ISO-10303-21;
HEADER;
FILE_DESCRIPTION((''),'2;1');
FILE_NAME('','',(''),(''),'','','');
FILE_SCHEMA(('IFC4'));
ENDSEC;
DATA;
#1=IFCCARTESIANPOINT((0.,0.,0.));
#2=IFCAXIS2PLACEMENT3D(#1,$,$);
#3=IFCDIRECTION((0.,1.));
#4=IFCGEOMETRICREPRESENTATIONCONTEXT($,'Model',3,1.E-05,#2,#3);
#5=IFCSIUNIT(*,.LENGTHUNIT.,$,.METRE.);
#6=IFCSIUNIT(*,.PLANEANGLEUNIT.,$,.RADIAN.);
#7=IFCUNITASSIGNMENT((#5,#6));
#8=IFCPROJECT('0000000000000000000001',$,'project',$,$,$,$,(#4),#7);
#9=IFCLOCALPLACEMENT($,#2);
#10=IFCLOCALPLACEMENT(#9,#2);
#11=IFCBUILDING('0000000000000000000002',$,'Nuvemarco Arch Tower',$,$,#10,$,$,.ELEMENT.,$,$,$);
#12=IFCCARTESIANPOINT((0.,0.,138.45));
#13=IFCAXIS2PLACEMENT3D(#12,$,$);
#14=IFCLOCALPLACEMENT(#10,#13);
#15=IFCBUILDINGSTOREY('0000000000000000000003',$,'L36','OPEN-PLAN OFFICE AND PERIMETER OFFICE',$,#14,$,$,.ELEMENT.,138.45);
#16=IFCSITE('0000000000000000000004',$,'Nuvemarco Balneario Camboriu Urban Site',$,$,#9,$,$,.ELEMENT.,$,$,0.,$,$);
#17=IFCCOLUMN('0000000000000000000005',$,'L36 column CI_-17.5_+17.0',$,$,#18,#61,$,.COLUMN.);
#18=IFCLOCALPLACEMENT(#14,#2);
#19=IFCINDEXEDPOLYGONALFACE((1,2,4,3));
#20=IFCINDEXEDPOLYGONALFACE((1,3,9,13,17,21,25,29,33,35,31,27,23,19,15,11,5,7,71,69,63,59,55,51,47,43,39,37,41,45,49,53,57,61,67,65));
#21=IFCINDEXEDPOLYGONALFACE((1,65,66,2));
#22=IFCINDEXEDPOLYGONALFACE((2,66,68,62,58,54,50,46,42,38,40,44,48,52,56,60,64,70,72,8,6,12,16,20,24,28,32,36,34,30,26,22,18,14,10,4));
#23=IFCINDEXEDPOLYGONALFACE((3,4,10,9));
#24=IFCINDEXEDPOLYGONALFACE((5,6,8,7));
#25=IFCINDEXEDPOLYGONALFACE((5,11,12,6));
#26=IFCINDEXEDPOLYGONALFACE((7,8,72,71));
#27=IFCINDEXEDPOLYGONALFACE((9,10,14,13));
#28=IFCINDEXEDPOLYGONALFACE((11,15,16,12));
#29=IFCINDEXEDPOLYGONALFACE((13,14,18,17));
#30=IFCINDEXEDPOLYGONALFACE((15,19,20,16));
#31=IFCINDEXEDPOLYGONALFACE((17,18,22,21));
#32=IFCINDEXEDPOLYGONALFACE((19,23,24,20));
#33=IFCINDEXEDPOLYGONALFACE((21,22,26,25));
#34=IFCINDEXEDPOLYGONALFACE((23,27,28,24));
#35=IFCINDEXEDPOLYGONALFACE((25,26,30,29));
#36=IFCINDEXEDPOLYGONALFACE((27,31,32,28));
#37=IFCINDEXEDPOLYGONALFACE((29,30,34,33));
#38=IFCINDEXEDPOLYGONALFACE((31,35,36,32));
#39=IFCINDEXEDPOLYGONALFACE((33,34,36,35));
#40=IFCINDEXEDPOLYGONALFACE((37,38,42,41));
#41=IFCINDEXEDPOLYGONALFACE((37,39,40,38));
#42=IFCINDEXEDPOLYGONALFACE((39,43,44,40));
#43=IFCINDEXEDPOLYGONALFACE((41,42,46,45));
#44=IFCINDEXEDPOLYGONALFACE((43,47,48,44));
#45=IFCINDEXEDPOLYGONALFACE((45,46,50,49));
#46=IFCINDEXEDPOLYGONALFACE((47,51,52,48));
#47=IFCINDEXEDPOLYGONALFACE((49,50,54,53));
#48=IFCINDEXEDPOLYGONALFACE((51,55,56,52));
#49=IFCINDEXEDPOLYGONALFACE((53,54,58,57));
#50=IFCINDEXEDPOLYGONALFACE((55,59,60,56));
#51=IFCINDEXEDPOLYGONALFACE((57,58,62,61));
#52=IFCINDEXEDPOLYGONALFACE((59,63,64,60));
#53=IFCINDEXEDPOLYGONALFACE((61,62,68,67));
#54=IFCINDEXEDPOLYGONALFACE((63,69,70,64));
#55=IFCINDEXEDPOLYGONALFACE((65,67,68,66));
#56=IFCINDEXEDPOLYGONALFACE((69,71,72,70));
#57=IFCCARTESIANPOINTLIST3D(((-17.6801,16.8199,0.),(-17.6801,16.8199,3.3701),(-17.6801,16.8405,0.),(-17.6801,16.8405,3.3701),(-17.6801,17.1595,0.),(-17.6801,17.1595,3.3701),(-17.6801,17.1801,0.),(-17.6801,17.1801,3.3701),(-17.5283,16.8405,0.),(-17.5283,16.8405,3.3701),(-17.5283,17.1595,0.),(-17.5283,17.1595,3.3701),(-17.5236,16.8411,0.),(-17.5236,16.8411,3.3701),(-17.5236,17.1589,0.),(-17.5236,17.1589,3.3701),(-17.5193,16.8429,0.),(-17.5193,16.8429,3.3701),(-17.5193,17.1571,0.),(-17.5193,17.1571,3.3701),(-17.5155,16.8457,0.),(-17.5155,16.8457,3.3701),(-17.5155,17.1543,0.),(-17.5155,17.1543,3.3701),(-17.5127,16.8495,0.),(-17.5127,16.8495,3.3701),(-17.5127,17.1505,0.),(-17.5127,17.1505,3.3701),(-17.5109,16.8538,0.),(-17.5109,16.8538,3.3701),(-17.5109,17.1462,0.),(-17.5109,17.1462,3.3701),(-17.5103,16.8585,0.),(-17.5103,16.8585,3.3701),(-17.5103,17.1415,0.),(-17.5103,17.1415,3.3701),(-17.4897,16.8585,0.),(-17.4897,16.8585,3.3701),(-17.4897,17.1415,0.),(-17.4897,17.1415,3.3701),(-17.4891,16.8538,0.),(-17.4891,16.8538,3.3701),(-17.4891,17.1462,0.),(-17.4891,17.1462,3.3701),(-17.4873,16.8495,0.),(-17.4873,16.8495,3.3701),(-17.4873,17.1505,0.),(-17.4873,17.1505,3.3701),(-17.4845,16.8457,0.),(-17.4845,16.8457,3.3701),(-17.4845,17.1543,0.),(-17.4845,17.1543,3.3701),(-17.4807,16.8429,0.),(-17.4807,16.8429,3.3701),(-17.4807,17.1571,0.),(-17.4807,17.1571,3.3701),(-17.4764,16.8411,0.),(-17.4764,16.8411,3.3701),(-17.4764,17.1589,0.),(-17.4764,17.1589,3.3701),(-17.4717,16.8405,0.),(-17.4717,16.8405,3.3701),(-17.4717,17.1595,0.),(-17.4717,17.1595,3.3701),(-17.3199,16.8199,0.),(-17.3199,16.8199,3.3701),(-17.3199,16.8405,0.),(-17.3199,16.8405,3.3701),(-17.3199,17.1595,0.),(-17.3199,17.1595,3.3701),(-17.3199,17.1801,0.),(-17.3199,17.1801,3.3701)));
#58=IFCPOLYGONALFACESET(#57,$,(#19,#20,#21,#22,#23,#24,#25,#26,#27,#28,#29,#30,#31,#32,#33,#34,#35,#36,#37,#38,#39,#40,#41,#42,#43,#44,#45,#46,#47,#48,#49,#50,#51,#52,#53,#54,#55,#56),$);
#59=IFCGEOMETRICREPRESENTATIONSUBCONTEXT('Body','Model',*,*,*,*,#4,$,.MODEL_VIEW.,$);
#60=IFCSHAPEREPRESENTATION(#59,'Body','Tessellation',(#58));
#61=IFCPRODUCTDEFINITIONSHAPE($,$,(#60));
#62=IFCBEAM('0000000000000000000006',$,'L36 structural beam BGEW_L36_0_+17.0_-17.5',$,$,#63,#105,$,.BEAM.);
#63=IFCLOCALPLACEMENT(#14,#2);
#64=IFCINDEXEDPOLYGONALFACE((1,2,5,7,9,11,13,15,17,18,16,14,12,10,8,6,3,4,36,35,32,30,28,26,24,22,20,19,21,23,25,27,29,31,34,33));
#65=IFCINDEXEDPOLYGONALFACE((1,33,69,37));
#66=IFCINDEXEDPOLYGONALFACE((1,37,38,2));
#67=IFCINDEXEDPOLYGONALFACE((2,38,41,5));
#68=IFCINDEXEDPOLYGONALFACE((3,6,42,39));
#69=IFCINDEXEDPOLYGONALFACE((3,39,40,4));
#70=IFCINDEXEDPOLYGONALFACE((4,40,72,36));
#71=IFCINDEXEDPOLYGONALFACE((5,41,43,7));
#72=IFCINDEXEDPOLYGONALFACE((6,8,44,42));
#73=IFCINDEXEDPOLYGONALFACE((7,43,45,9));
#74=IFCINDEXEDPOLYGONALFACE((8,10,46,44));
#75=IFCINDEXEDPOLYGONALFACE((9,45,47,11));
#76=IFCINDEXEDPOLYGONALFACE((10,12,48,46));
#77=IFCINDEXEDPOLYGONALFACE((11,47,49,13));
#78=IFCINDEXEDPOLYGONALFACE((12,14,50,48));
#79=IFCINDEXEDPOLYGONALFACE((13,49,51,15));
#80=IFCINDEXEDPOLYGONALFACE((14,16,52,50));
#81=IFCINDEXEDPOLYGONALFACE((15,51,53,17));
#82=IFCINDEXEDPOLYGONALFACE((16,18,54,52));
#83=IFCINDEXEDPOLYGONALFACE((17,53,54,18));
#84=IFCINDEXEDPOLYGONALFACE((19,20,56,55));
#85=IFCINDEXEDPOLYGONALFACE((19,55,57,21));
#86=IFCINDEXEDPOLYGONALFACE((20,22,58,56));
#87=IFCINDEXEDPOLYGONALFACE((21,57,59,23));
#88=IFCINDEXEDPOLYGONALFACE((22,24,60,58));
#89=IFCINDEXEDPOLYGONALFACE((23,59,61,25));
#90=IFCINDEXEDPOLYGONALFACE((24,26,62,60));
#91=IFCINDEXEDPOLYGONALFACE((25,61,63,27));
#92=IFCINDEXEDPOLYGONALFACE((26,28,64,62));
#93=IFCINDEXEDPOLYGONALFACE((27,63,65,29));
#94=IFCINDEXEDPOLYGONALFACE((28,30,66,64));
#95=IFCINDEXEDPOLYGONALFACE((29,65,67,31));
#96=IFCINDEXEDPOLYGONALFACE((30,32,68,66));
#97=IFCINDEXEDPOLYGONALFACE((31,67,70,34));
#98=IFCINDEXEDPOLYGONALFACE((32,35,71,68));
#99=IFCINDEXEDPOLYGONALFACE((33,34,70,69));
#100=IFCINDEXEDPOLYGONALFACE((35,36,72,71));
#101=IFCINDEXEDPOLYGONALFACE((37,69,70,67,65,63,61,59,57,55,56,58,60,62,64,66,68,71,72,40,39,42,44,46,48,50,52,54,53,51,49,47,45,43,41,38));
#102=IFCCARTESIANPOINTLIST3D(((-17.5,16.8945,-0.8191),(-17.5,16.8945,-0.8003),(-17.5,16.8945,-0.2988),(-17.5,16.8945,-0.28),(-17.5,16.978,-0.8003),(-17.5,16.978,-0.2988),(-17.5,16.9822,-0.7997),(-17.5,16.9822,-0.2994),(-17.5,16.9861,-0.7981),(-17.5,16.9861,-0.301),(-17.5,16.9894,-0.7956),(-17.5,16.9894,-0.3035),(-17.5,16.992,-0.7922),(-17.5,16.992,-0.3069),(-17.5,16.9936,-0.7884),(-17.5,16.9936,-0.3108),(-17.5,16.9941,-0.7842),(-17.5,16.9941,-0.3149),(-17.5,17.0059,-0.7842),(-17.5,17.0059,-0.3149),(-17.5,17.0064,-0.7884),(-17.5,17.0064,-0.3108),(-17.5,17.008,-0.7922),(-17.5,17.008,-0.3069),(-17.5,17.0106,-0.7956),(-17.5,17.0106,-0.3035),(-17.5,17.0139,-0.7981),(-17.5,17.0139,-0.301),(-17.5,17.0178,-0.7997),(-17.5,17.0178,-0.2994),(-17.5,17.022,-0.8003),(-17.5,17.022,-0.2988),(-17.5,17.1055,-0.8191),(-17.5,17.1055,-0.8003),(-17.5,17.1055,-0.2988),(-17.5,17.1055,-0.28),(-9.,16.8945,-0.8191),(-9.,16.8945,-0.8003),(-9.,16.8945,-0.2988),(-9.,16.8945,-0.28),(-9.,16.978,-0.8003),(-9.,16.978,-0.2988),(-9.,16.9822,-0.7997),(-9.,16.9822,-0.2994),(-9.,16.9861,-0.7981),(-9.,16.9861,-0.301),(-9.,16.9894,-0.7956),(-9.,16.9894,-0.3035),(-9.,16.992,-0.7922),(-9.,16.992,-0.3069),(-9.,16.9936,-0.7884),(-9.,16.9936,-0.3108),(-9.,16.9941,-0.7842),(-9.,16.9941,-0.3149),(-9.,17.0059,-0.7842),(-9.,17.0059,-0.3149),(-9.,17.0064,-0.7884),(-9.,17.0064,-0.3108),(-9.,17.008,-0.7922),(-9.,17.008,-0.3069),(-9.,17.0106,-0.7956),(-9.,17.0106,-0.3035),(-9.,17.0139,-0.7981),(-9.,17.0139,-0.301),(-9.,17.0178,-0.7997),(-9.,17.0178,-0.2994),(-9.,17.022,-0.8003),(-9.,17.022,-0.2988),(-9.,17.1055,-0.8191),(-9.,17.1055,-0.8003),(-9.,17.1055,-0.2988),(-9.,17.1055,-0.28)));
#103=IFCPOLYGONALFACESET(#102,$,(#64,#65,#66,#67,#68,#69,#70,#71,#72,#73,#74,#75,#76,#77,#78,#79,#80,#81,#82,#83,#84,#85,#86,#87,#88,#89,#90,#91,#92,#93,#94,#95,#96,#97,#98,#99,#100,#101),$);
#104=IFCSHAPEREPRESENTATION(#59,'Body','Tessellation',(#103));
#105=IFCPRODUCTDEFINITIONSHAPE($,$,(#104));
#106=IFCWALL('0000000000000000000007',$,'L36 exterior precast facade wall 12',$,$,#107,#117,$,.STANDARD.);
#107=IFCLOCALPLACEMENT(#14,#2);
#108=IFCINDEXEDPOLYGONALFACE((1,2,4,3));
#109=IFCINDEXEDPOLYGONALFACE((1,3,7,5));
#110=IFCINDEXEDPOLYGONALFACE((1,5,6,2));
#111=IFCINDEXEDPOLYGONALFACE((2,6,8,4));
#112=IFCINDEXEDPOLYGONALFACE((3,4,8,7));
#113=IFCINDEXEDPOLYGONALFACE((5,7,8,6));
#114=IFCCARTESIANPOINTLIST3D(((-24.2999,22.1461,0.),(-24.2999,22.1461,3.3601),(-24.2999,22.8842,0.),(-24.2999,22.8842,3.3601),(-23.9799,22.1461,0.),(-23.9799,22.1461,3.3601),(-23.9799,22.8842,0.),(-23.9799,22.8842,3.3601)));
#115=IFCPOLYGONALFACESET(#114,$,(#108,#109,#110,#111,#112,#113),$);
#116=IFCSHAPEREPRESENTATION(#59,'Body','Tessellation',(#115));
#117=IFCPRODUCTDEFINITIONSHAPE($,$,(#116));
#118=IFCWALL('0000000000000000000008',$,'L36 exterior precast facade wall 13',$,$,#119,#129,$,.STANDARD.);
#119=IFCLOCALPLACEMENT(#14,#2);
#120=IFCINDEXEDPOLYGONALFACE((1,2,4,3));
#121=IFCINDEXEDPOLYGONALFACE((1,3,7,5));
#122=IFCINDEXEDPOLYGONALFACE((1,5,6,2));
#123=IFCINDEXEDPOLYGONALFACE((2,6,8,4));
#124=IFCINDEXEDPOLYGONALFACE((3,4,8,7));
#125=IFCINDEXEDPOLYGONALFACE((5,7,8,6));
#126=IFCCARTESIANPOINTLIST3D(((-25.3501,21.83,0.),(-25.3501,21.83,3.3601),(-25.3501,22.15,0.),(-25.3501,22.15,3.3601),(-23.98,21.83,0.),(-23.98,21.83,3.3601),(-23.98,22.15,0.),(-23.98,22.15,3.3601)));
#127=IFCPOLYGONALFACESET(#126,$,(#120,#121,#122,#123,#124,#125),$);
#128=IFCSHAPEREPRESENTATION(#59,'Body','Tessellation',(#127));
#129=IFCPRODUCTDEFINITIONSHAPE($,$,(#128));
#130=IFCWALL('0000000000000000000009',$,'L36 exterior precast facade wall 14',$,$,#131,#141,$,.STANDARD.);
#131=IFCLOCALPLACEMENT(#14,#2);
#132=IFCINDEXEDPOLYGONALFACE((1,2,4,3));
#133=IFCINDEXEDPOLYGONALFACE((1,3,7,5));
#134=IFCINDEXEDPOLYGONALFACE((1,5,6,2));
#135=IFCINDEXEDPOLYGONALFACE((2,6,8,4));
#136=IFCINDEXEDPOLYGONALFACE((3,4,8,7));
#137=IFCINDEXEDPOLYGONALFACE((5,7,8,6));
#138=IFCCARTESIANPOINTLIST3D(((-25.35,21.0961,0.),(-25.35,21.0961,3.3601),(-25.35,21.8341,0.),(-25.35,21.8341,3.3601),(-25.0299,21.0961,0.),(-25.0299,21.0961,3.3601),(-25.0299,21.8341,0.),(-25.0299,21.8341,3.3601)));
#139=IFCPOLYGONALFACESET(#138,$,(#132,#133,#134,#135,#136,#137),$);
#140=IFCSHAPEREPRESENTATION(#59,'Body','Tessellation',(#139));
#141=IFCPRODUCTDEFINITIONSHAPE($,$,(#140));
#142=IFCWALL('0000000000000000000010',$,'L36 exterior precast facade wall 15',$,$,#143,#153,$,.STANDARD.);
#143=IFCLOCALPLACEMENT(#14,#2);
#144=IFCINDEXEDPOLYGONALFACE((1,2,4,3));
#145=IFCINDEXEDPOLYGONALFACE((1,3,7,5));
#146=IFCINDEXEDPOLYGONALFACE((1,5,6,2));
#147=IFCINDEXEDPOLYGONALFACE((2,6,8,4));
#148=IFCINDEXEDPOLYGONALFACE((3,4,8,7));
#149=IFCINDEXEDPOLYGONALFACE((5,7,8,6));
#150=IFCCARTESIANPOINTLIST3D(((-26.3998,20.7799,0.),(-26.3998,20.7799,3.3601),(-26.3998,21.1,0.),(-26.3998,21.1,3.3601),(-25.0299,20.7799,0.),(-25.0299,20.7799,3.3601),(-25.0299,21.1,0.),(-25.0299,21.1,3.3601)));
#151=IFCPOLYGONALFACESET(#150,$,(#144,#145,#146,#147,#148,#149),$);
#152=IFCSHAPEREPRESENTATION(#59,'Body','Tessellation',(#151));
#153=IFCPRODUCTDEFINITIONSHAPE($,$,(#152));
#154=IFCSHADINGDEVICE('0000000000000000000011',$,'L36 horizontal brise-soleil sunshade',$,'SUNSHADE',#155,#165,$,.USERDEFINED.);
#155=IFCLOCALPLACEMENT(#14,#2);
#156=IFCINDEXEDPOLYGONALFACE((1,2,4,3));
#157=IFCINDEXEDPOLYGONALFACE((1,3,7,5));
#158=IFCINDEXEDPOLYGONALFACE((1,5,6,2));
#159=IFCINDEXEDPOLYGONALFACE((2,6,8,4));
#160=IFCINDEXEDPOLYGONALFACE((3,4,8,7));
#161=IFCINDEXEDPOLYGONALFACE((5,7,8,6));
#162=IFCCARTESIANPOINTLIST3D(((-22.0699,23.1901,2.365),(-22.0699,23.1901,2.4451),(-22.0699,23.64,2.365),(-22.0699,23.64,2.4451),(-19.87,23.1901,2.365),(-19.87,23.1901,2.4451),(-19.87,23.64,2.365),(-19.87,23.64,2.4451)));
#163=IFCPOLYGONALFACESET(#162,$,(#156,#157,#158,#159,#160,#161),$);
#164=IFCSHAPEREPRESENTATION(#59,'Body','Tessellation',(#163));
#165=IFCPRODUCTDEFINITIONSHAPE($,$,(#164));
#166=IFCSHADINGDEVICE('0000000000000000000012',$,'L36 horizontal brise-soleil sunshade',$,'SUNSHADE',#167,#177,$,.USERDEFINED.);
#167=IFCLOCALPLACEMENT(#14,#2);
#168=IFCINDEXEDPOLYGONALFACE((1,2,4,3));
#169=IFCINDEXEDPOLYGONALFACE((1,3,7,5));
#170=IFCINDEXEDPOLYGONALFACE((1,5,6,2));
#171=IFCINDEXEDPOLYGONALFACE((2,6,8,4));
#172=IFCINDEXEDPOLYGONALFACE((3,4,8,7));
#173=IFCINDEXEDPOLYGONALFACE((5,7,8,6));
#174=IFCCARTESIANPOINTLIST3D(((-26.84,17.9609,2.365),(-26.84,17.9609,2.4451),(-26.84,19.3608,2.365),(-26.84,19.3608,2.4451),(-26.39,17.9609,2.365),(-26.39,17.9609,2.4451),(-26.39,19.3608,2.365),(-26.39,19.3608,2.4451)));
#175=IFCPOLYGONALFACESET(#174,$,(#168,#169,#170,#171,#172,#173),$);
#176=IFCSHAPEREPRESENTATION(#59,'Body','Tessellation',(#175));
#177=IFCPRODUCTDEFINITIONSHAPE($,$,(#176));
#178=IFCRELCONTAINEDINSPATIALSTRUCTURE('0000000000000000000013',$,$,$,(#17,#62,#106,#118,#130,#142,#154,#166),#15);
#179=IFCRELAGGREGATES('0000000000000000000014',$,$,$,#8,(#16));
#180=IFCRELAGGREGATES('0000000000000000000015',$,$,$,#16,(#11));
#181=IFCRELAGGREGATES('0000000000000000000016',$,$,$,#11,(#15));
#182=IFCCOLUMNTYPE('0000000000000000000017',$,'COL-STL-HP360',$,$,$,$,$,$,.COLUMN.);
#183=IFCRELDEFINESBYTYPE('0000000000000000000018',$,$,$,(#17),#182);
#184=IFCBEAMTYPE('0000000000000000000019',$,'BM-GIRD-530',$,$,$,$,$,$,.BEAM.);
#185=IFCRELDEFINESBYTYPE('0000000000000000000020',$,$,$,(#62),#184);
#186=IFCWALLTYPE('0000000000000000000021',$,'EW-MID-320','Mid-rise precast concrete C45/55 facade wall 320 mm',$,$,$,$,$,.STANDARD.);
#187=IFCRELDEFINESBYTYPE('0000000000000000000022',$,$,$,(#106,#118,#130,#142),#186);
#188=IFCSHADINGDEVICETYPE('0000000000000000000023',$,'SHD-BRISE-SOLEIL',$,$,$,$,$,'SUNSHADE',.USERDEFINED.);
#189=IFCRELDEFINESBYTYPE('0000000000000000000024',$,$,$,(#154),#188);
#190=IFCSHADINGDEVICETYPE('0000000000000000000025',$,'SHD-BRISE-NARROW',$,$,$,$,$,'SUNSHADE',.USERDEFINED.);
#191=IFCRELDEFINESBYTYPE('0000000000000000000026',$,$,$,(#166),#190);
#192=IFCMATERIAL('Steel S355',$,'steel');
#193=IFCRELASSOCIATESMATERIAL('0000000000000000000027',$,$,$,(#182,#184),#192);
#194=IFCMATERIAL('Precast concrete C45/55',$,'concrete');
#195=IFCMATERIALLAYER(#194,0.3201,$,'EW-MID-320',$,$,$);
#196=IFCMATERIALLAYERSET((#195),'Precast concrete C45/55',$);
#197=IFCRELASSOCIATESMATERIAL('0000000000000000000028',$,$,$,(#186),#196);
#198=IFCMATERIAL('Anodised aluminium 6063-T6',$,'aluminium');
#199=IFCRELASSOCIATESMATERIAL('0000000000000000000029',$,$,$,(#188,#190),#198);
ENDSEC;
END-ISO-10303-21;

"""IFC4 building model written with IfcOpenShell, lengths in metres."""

from ifc_helpers import new_model, si_unit, direction, frame, frame_2d, origin, origin_2d, place, context, subcontext, project, spatial, rectangle, i_section, extrude, source, transform, mapped, material, layer, layer_set, material_profile, profile_set, type_object, type_shapes, element, save


model = new_model("IFC4")

# Units and contexts
model_context = context("Model", 3, precision=1e-05, world=origin(), true_north=direction((0.0, 1.0)))
body_context = subcontext(model_context, "Body", "Model", "MODEL_VIEW")
ifc_project = project(units=[si_unit("LENGTHUNIT", "METRE"), si_unit("PLANEANGLEUNIT", "RADIAN")], contexts=[model_context])

# Site, building, storey
site_placement = place(None, origin())
site = spatial("IfcSite", under=ifc_project, at=site_placement, Name="Nuvemarco Balneario Camboriu Urban Site", CompositionType="ELEMENT", RefElevation=0.0)
building_placement = place(site_placement, origin())
building = spatial("IfcBuilding", under=site, at=building_placement, Name="Nuvemarco Arch Tower", CompositionType="ELEMENT")
storey_placement = place(building_placement, frame((0.0, 0.0, 138.45)))
storey = spatial("IfcBuildingStorey", under=building, at=storey_placement, Name="L36", Description="OPEN-PLAN OFFICE AND PERIMETER OFFICE", CompositionType="ELEMENT", Elevation=138.45)

# Column
ifc_material_1 = material(Name="Steel S355", Category="steel")
ifc_material_profile_1 = material_profile(ifc_material_1, i_section(OverallWidth=0.3601, OverallDepth=0.3601, WebThickness=0.0205, FlangeThickness=0.0205, FilletRadius=0.0181, at=origin_2d()), Name="HP360x174")
ifc_profile_set_1 = profile_set([ifc_material_profile_1], Name="Steel S355")
column_type = type_object("IfcColumnType", Name="COL-STL-HP360", PredefinedType="COLUMN", material=ifc_profile_set_1)
column_placement = place(storey_placement, frame((-17.5, 17.0, 0.0), z_axis=(0.0, 0.0, 1.0), x_axis=(1.0, 0.0, 0.0)))
element("IfcColumn", 1, at=column_placement, inside=storey, type_object=column_type, Name="L36 column CI_-17.5_+17.0", PredefinedType="COLUMN", context=body_context, shape_type="SweptSolid", body=[
    extrude(i_section(OverallWidth=0.3601, OverallDepth=0.3601, WebThickness=0.0205, FlangeThickness=0.0205, FilletRadius=0.0181, at=origin_2d()), origin(), (0.0, 0.0, 1.0), 3.3701),
])

# Beam
ifc_material_profile_2 = material_profile(ifc_material_1, i_section(OverallWidth=0.2109, OverallDepth=0.5391, WebThickness=0.0117, FlangeThickness=0.0188, FilletRadius=0.0161, at=origin_2d()), Name="W530x109")
ifc_profile_set_2 = profile_set([ifc_material_profile_2], Name="Steel S355")
beam_type = type_object("IfcBeamType", Name="BM-GIRD-530", PredefinedType="BEAM", material=ifc_profile_set_2)
beam_placement = place(storey_placement, frame((-17.5, 17.0, -0.5496), z_axis=(1.0, 0.0, 0.0), x_axis=(0.0, 1.0, 0.0)))
element("IfcBeam", 2, at=beam_placement, inside=storey, type_object=beam_type, Name="L36 structural beam BGEW_L36_0_+17.0_-17.5", PredefinedType="BEAM", context=body_context, shape_type="SweptSolid", body=[
    extrude(i_section(OverallWidth=0.2109, OverallDepth=0.5391, WebThickness=0.0117, FlangeThickness=0.0188, FilletRadius=0.0161, at=origin_2d()), origin(), (0.0, 0.0, 1.0), 8.5),
])

# Shared definitions
ifc_material_2 = material(Name="Precast concrete C45/55", Category="concrete")
ifc_layer = layer(ifc_material_2, 0.3201, Name="EW-MID-320")
ifc_layer_set = layer_set([ifc_layer], Name="Precast concrete C45/55")
wall_type = type_object("IfcWallType", Name="EW-MID-320", Description="Mid-rise precast concrete C45/55 facade wall 320 mm", PredefinedType="STANDARD", material=ifc_layer_set)

# Walls
wall_1_placement = place(storey_placement, frame((-24.1399, 22.146, 0.0), z_axis=(0.0, 0.0, 1.0), x_axis=(0.0, 1.0, 0.0)))
element("IfcWall", 3, at=wall_1_placement, inside=storey, type_object=wall_type, Name="L36 exterior precast facade wall 12", PredefinedType="STANDARD", context=body_context, shape_type="SweptSolid", body=[
    extrude(rectangle(XDim=0.738, YDim=0.3201, at=frame_2d((0.3691, 0.0))), origin(), (0.0, 0.0, 1.0), 3.3601),
])
wall_2_placement = place(storey_placement, frame((-25.3501, 21.99, 0.0), z_axis=(0.0, 0.0, 1.0), x_axis=(1.0, 0.0, 0.0)))
element("IfcWall", 4, at=wall_2_placement, inside=storey, type_object=wall_type, Name="L36 exterior precast facade wall 13", PredefinedType="STANDARD", context=body_context, shape_type="SweptSolid", body=[
    extrude(rectangle(XDim=1.3701, YDim=0.3201, at=frame_2d((0.6851, 0.0))), origin(), (0.0, 0.0, 1.0), 3.3601),
])
wall_3_placement = place(storey_placement, frame((-25.1899, 21.0959, 0.0), z_axis=(0.0, 0.0, 1.0), x_axis=(0.0, 1.0, 0.0)))
element("IfcWall", 5, at=wall_3_placement, inside=storey, type_object=wall_type, Name="L36 exterior precast facade wall 14", PredefinedType="STANDARD", context=body_context, shape_type="SweptSolid", body=[
    extrude(rectangle(XDim=0.738, YDim=0.3201, at=frame_2d((0.3691, 0.0))), origin(), (0.0, 0.0, 1.0), 3.3601),
])
wall_4_placement = place(storey_placement, frame((-26.3999, 20.9399, 0.0), z_axis=(0.0, 0.0, 1.0), x_axis=(1.0, 0.0, 0.0)))
element("IfcWall", 6, at=wall_4_placement, inside=storey, type_object=wall_type, Name="L36 exterior precast facade wall 15", PredefinedType="STANDARD", context=body_context, shape_type="SweptSolid", body=[
    extrude(rectangle(XDim=1.3699, YDim=0.3201, at=frame_2d((0.6851, 0.0))), origin(), (0.0, 0.0, 1.0), 3.3601),
])

# Shading devices
ifc_material_3 = material(Name="Anodised aluminium 6063-T6", Category="aluminium")
shading_device_type_1 = type_object("IfcShadingDeviceType", Name="SHD-BRISE-SOLEIL", ElementType="SUNSHADE", PredefinedType="USERDEFINED", material=ifc_material_3)
shared_shape_1 = source(origin(), body_context, "Body", "SweptSolid", [
    extrude(rectangle(XDim=2.2, YDim=0.45, at=origin_2d()), origin(), (0.0, 0.0, 1.0), 0.0801),
])
type_shapes(shading_device_type_1, [shared_shape_1])
shading_device_1_placement = place(storey_placement, frame((-20.97, 23.415, 2.365), z_axis=(0.0, 0.0, 1.0), x_axis=(1.0, 0.0, 0.0)))
element("IfcShadingDevice", 7, at=shading_device_1_placement, inside=storey, type_object=shading_device_type_1, Name="L36 horizontal brise-soleil sunshade", ObjectType="SUNSHADE", PredefinedType="USERDEFINED", context=body_context, shape_type="MappedRepresentation", body=[
    mapped(shared_shape_1, transform((0.0, 0.0, 0.0), scale=1.0)),
])
shading_device_type_2 = type_object("IfcShadingDeviceType", Name="SHD-BRISE-NARROW", ElementType="SUNSHADE", PredefinedType="USERDEFINED", material=ifc_material_3)
shared_shape_2 = source(origin(), body_context, "Body", "SweptSolid", [
    extrude(rectangle(XDim=1.3999, YDim=0.45, at=origin_2d()), origin(), (0.0, 0.0, 1.0), 0.0801),
])
type_shapes(shading_device_type_2, [shared_shape_2])
shading_device_2_placement = place(storey_placement, frame((-26.615, 18.6609, 2.365), z_axis=(0.0, 0.0, 1.0), x_axis=(0.0, 1.0, 0.0)))
element("IfcShadingDevice", 8, at=shading_device_2_placement, inside=storey, type_object=shading_device_type_2, Name="L36 horizontal brise-soleil sunshade", ObjectType="SUNSHADE", PredefinedType="USERDEFINED", context=body_context, shape_type="MappedRepresentation", body=[
    mapped(shared_shape_2, transform((0.0, 0.0, 0.0), scale=1.0)),
])

save(model, "model.ifc")
